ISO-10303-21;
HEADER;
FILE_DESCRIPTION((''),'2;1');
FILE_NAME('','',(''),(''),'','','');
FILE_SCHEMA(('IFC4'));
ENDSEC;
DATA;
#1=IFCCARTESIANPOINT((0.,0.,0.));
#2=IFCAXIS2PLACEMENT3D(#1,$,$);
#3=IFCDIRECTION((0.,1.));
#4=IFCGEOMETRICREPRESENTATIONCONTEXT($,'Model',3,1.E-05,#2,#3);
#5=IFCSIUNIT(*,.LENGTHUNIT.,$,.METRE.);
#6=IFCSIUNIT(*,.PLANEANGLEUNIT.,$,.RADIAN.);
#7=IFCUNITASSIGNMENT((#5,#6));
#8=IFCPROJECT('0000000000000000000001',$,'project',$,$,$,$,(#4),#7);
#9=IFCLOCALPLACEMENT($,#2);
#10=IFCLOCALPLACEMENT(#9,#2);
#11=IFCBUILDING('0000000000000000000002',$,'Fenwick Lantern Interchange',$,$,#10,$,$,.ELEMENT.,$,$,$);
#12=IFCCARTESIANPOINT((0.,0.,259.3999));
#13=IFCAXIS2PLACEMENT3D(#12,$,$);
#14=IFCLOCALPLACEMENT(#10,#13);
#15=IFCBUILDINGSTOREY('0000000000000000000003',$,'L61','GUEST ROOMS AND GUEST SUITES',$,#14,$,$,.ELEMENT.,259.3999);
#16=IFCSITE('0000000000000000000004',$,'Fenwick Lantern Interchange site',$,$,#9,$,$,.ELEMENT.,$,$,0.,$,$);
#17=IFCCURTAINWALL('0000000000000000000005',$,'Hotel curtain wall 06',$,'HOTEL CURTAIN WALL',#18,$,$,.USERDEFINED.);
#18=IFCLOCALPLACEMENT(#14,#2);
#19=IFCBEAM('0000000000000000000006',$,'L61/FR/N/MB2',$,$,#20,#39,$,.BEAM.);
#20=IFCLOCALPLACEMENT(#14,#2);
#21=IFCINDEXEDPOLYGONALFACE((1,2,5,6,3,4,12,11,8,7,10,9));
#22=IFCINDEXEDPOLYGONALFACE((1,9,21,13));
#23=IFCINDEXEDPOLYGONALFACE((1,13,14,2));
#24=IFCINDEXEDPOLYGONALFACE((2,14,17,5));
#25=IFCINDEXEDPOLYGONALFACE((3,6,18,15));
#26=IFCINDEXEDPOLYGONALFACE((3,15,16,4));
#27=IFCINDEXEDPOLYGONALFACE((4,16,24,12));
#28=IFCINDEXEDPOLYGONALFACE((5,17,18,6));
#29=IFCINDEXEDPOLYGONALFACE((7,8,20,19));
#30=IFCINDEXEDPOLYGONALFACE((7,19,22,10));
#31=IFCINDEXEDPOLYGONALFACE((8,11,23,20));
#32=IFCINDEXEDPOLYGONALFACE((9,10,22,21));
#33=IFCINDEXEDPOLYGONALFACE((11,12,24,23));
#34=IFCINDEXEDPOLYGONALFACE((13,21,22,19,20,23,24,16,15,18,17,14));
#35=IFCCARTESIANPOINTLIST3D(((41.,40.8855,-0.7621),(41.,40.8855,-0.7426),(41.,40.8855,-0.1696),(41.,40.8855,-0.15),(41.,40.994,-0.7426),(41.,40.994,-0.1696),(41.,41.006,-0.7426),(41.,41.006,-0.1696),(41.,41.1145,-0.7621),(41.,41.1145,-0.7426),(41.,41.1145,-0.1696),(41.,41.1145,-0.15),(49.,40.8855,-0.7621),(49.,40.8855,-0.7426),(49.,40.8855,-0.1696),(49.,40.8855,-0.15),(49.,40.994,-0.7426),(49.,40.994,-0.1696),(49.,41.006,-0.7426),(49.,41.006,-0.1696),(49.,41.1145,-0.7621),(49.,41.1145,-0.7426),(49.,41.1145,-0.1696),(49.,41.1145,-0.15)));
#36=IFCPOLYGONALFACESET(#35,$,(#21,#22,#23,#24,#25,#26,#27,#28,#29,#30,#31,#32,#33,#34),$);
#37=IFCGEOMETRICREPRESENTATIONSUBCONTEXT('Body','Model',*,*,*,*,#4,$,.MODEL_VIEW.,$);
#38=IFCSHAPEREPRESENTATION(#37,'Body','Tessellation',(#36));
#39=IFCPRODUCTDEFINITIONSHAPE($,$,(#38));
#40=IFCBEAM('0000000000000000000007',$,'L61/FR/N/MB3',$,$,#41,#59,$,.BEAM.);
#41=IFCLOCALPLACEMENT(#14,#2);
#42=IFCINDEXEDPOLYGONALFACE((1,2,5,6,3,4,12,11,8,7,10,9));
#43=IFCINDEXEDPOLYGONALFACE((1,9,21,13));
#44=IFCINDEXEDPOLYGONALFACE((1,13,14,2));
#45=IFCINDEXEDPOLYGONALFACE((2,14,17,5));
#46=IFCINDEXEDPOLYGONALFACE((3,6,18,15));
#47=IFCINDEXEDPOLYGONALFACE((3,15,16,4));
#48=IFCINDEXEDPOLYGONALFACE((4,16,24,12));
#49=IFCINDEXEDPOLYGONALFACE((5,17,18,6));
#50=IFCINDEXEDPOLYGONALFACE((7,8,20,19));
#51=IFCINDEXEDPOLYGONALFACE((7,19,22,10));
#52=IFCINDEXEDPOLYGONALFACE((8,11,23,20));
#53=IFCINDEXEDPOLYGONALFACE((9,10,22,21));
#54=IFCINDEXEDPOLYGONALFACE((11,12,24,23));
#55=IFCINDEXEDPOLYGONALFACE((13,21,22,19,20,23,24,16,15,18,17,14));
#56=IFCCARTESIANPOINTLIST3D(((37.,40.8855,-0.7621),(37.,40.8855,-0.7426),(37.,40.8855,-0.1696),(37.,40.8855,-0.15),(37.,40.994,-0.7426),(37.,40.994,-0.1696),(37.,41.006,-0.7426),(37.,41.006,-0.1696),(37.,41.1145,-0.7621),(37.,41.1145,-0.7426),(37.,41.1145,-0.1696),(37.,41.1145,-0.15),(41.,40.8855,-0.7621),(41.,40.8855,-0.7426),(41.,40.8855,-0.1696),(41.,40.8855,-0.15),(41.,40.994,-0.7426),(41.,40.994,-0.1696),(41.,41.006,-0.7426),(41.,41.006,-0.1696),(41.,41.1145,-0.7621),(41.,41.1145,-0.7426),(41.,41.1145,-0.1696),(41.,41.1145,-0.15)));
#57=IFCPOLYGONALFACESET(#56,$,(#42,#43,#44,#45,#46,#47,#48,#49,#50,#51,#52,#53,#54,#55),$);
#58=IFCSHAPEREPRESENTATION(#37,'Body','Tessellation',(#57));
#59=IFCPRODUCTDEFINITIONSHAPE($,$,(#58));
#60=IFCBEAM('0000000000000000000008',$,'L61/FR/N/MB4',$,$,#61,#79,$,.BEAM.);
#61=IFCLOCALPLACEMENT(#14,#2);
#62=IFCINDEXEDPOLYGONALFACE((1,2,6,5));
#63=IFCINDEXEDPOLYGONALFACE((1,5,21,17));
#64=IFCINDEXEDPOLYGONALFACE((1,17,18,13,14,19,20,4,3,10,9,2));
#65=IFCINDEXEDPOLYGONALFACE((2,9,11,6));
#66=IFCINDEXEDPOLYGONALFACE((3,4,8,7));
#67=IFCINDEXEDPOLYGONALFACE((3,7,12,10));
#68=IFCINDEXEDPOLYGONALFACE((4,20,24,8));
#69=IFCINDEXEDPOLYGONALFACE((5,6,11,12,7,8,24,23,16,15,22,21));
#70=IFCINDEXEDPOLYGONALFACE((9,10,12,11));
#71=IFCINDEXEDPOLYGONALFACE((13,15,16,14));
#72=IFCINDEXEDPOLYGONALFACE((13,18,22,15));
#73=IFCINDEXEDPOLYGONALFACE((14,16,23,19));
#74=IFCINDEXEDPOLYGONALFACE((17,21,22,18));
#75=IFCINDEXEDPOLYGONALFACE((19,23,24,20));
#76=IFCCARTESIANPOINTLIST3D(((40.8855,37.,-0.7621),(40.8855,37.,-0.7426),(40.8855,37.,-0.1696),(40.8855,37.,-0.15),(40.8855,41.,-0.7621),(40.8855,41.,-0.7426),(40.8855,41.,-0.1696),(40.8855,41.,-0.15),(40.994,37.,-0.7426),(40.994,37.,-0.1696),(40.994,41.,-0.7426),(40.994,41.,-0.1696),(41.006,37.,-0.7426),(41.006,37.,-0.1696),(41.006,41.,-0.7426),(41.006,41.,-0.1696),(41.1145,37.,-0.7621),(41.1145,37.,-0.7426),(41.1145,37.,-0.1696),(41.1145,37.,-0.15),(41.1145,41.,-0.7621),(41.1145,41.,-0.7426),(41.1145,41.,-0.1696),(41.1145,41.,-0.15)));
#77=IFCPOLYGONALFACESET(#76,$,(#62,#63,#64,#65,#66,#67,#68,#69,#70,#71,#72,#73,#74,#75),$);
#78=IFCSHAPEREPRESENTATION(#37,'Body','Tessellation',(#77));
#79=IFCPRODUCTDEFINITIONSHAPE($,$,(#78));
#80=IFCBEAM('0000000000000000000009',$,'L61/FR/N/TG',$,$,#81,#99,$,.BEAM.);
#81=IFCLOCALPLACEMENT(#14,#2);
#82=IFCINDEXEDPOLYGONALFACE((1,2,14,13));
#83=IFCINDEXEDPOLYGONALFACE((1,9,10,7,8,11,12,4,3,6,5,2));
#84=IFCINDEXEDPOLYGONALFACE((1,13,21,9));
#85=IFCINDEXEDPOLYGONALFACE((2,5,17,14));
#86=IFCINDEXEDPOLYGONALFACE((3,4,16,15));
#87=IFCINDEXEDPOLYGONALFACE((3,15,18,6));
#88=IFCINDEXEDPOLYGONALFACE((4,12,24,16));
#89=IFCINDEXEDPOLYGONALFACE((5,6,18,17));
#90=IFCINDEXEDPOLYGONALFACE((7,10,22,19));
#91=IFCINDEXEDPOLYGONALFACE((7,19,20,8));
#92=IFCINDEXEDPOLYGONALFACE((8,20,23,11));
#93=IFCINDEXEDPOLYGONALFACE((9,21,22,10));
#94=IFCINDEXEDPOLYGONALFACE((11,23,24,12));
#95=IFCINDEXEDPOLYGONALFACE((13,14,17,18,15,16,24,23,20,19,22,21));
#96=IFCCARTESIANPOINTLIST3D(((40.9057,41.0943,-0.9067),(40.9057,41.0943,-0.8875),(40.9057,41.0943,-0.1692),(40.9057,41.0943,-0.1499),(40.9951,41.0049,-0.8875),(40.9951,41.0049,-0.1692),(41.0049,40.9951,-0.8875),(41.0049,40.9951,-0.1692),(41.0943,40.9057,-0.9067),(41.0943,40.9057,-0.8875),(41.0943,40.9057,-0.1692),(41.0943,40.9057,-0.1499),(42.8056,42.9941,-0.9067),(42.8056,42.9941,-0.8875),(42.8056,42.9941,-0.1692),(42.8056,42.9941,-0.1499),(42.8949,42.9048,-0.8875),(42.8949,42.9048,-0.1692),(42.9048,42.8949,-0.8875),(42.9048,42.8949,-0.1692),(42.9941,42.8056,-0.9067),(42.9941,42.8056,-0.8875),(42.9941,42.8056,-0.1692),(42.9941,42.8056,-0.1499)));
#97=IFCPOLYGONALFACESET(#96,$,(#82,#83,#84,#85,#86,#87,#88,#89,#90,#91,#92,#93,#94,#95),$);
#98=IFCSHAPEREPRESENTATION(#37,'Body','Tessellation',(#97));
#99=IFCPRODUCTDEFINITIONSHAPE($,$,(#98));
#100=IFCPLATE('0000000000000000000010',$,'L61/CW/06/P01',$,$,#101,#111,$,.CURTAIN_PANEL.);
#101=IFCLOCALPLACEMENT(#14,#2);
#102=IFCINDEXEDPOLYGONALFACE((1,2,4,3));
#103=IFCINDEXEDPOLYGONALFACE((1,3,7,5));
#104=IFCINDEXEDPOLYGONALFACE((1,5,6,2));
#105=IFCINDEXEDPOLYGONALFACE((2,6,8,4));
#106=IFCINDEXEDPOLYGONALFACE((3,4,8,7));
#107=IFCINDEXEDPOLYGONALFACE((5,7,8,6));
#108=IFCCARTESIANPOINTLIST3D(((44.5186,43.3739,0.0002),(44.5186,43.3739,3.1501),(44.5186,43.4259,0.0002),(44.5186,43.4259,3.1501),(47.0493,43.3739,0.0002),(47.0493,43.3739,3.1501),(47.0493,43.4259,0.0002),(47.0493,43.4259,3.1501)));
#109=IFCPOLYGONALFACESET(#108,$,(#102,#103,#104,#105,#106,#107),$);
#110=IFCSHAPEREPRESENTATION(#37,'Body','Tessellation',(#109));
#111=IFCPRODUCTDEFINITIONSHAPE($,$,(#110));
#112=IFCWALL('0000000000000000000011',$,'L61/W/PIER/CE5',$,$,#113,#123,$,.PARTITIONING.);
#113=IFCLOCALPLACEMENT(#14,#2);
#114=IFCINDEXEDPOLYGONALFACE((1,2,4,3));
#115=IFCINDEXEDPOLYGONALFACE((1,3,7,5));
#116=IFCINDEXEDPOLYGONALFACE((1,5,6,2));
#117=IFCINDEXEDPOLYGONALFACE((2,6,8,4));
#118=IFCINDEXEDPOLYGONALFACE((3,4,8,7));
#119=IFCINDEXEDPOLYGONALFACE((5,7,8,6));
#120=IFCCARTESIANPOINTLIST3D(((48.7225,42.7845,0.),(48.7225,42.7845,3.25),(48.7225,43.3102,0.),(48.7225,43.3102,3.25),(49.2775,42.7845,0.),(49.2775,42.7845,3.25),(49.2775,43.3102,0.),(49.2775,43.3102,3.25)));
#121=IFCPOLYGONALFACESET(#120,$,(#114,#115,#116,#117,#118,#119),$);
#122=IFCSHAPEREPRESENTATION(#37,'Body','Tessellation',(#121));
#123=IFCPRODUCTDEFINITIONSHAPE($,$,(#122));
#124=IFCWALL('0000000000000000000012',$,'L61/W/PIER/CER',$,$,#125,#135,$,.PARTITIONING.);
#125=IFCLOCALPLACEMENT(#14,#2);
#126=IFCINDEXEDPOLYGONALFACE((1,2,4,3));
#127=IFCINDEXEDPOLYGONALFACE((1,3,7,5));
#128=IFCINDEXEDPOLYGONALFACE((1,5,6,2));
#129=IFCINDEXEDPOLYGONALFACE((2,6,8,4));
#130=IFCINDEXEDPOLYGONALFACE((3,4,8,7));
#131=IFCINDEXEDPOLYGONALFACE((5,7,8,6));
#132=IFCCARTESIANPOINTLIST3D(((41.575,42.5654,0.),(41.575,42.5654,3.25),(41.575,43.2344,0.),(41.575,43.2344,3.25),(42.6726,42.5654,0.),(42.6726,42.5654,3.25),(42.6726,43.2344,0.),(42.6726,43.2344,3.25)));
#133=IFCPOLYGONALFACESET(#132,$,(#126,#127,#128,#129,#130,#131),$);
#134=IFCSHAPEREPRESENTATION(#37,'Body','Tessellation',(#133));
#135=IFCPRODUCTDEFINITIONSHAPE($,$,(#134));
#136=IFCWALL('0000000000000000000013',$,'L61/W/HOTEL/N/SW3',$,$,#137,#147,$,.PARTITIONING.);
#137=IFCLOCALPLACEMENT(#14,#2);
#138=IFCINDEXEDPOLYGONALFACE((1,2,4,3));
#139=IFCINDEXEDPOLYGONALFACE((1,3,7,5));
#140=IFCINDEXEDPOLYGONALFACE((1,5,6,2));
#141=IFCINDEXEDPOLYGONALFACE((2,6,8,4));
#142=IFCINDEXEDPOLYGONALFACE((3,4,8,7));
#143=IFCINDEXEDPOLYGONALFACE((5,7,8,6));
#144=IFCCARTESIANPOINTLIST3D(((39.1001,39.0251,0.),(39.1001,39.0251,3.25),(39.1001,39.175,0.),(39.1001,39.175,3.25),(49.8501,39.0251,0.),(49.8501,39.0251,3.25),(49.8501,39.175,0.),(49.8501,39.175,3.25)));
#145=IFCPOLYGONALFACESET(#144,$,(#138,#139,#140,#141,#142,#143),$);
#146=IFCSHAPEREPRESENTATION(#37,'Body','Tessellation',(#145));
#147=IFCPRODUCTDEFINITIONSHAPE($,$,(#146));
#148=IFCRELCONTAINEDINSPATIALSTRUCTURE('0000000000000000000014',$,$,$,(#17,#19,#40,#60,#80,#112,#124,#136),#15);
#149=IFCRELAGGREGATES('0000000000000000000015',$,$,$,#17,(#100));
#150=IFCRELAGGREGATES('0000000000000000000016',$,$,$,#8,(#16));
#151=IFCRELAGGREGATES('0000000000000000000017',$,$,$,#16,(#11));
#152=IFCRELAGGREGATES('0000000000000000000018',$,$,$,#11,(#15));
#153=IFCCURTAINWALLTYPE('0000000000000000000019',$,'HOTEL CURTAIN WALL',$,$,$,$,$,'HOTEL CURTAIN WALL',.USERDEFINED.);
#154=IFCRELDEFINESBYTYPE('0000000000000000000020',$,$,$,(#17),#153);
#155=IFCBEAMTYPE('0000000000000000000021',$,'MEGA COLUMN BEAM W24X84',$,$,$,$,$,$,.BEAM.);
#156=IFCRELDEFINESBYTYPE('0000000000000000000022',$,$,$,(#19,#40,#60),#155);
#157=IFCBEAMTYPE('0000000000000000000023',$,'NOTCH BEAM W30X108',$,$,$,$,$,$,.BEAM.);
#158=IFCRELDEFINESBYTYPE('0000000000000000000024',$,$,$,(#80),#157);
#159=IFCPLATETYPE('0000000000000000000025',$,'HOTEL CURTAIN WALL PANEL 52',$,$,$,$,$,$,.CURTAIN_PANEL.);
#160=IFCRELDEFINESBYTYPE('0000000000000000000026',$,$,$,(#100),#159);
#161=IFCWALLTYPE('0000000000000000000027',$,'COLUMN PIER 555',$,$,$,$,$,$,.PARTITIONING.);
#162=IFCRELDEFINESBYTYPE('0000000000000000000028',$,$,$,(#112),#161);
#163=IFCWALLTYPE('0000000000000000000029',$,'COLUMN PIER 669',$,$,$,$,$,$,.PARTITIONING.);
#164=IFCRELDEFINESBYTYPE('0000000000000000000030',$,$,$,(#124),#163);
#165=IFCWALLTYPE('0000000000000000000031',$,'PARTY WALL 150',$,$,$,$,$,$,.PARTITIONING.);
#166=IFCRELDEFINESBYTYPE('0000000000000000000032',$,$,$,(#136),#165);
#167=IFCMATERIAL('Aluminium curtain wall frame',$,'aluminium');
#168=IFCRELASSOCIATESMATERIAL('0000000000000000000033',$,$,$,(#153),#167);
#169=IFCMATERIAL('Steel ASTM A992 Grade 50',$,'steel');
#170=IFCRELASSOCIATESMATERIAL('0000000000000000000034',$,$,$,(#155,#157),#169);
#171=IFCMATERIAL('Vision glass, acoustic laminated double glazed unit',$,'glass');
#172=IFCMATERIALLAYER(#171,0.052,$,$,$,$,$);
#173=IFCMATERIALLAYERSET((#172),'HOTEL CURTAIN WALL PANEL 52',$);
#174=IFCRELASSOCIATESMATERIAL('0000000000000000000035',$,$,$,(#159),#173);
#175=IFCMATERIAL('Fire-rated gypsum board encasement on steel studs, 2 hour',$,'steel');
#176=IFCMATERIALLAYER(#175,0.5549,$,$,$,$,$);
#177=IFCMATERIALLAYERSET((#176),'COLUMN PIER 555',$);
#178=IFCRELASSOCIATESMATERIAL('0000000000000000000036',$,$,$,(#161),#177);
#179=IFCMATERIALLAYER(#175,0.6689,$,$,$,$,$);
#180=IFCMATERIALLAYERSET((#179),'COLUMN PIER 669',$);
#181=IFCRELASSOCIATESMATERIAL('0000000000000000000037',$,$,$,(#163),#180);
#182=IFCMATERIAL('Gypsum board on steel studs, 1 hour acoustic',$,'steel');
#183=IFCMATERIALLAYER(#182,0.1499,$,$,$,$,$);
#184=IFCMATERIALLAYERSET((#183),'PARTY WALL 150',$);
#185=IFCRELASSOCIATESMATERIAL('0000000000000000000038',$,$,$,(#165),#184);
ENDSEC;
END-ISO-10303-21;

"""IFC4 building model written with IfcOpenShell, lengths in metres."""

from ifc_helpers import new_model, si_unit, direction, frame, frame_2d, origin, origin_2d, place, context, subcontext, project, spatial, rectangle, i_section, extrude, material, layer, layer_set, material_profile, profile_set, type_object, element, aggregate, save


model = new_model("IFC4")

# Units and contexts
model_context = context("Model", 3, precision=1e-05, world=origin(), true_north=direction((0.0, 1.0)))
body_context = subcontext(model_context, "Body", "Model", "MODEL_VIEW")
ifc_project = project(units=[si_unit("LENGTHUNIT", "METRE"), si_unit("PLANEANGLEUNIT", "RADIAN")], contexts=[model_context])

# Site, building, storey
site_placement = place(None, origin())
site = spatial("IfcSite", under=ifc_project, at=site_placement, Name="Fenwick Lantern Interchange site", CompositionType="ELEMENT", RefElevation=0.0)
building_placement = place(site_placement, origin())
building = spatial("IfcBuilding", under=site, at=building_placement, Name="Fenwick Lantern Interchange", CompositionType="ELEMENT")
storey_placement = place(building_placement, frame((0.0, 0.0, 259.3999)))
storey = spatial("IfcBuildingStorey", under=building, at=storey_placement, Name="L61", Description="GUEST ROOMS AND GUEST SUITES", CompositionType="ELEMENT", Elevation=259.3999)

# Shared definitions
ifc_material_1 = material(Name="Steel ASTM A992 Grade 50", Category="steel")

# Shared definitions
ifc_material_2 = material(Name="Aluminium curtain wall frame", Category="aluminium")
curtain_wall_type = type_object("IfcCurtainWallType", Name="HOTEL CURTAIN WALL", ElementType="HOTEL CURTAIN WALL", PredefinedType="USERDEFINED", material=ifc_material_2)

# Curtain wall
curtain_wall_1_placement = place(storey_placement, origin())
curtain_wall_1 = element("IfcCurtainWall", 1, at=curtain_wall_1_placement, inside=storey, type_object=curtain_wall_type, Name="Hotel curtain wall 06", ObjectType="HOTEL CURTAIN WALL", PredefinedType="USERDEFINED")

# Beams
ifc_material_profile_1 = material_profile(ifc_material_1, i_section(OverallWidth=0.229, OverallDepth=0.6121, WebThickness=0.012, FlangeThickness=0.0195, at=origin_2d()), Name="W24X84")
ifc_profile_set_1 = profile_set([ifc_material_profile_1], Name="Steel ASTM A992 Grade 50")
beam_type_1 = type_object("IfcBeamType", Name="MEGA COLUMN BEAM W24X84", PredefinedType="BEAM", material=ifc_profile_set_1)
beam_1_placement = place(storey_placement, frame((41.0, 41.0, -0.4561), z_axis=(1.0, 0.0, 0.0), x_axis=(0.0, 1.0, 0.0)))
element("IfcBeam", 2, at=beam_1_placement, inside=storey, type_object=beam_type_1, Name="L61/FR/N/MB2", PredefinedType="BEAM", context=body_context, shape_type="SweptSolid", body=[
    extrude(i_section(OverallWidth=0.229, OverallDepth=0.6121, WebThickness=0.012, FlangeThickness=0.0195, at=origin_2d()), origin(), (0.0, 0.0, 1.0), 8.0),
])
for number, where, z_axis, x_axis, name in (
    (3, (41.0, 41.0, -0.4561), (-1.0, 0.0, 0.0), (0.0, -1.0, 0.0), "L61/FR/N/MB3"),
    (4, (41.0, 41.0, -0.4561), (0.0, -1.0, 0.0), (1.0, 0.0, 0.0), "L61/FR/N/MB4"),
):
    element("IfcBeam", number, at=place(storey_placement, frame(where, z_axis=z_axis, x_axis=x_axis)), inside=storey, type_object=beam_type_1, Name=name, PredefinedType="BEAM", context=body_context, shape_type="SweptSolid", body=[
        extrude(i_section(OverallWidth=0.229, OverallDepth=0.6121, WebThickness=0.012, FlangeThickness=0.0195, at=origin_2d()), origin(), (0.0, 0.0, 1.0), 4.0),
    ])
ifc_material_profile_2 = material_profile(ifc_material_1, i_section(OverallWidth=0.2666, OverallDepth=0.7568, WebThickness=0.0139, FlangeThickness=0.0193, at=origin_2d()), Name="W30X108")
ifc_profile_set_2 = profile_set([ifc_material_profile_2], Name="Steel ASTM A992 Grade 50")
beam_type_2 = type_object("IfcBeamType", Name="NOTCH BEAM W30X108", PredefinedType="BEAM", material=ifc_profile_set_2)
beam_2_placement = place(storey_placement, frame((41.0, 41.0, -0.5283), z_axis=(0.707107, 0.707107, 0.0), x_axis=(-0.707107, 0.707107, 0.0)))
element("IfcBeam", 5, at=beam_2_placement, inside=storey, type_object=beam_type_2, Name="L61/FR/N/TG", PredefinedType="BEAM", context=body_context, shape_type="SweptSolid", body=[
    extrude(i_section(OverallWidth=0.2666, OverallDepth=0.7568, WebThickness=0.0139, FlangeThickness=0.0193, at=origin_2d()), origin(), (0.0, 0.0, 1.0), 2.6868),
])

# Plate
ifc_material_3 = material(Name="Vision glass, acoustic laminated double glazed unit", Category="glass")
ifc_layer_1 = layer(ifc_material_3, 0.052)
ifc_layer_set_1 = layer_set([ifc_layer_1], Name="HOTEL CURTAIN WALL PANEL 52")
plate_type = type_object("IfcPlateType", Name="HOTEL CURTAIN WALL PANEL 52", PredefinedType="CURTAIN_PANEL", material=ifc_layer_set_1)
plate_placement = place(storey_placement, frame((45.7839, 43.3999, 0.0002), z_axis=(0.0, 0.0, 1.0), x_axis=(-1.0, 0.0, 0.0)))
plate = element("IfcPlate", 6, at=plate_placement, type_object=plate_type, Name="L61/CW/06/P01", PredefinedType="CURTAIN_PANEL", context=body_context, shape_type="SweptSolid", body=[
    extrude(rectangle(XDim=2.5308, YDim=0.052, at=origin_2d()), origin(), (0.0, 0.0, 1.0), 3.1499),
])
aggregate(curtain_wall_1, [plate])

# Walls
ifc_material_4 = material(Name="Fire-rated gypsum board encasement on steel studs, 2 hour", Category="steel")
ifc_layer_2 = layer(ifc_material_4, 0.5549)
ifc_layer_set_2 = layer_set([ifc_layer_2], Name="COLUMN PIER 555")
wall_type_1 = type_object("IfcWallType", Name="COLUMN PIER 555", PredefinedType="PARTITIONING", material=ifc_layer_set_2)
wall_1_placement = place(storey_placement, frame((49.0, 43.3101, 0.0), z_axis=(0.0, 0.0, 1.0), x_axis=(0.0, -1.0, 0.0)))
element("IfcWall", 7, at=wall_1_placement, inside=storey, type_object=wall_type_1, Name="L61/W/PIER/CE5", PredefinedType="PARTITIONING", context=body_context, shape_type="SweptSolid", body=[
    extrude(rectangle(XDim=0.5256, YDim=0.5549, at=frame_2d((0.2627, 0.0))), origin(), (0.0, 0.0, 1.0), 3.25),
])
ifc_layer_3 = layer(ifc_material_4, 0.6689)
ifc_layer_set_3 = layer_set([ifc_layer_3], Name="COLUMN PIER 669")
wall_type_2 = type_object("IfcWallType", Name="COLUMN PIER 669", PredefinedType="PARTITIONING", material=ifc_layer_set_3)
wall_2_placement = place(storey_placement, frame((41.575, 42.8999, 0.0), z_axis=(0.0, 0.0, 1.0), x_axis=(1.0, 0.0, 0.0)))
element("IfcWall", 8, at=wall_2_placement, inside=storey, type_object=wall_type_2, Name="L61/W/PIER/CER", PredefinedType="PARTITIONING", context=body_context, shape_type="SweptSolid", body=[
    extrude(rectangle(XDim=1.0977, YDim=0.6689, at=frame_2d((0.5488, 0.0))), origin(), (0.0, 0.0, 1.0), 3.25),
])
ifc_material_5 = material(Name="Gypsum board on steel studs, 1 hour acoustic", Category="steel")
ifc_layer_4 = layer(ifc_material_5, 0.1499)
ifc_layer_set_4 = layer_set([ifc_layer_4], Name="PARTY WALL 150")
wall_type_3 = type_object("IfcWallType", Name="PARTY WALL 150", PredefinedType="PARTITIONING", material=ifc_layer_set_4)
wall_3_placement = place(storey_placement, frame((49.8501, 39.1001, 0.0), z_axis=(0.0, 0.0, 1.0), x_axis=(-1.0, 0.0, 0.0)))
element("IfcWall", 9, at=wall_3_placement, inside=storey, type_object=wall_type_3, Name="L61/W/HOTEL/N/SW3", PredefinedType="PARTITIONING", context=body_context, shape_type="SweptSolid", body=[
    extrude(rectangle(XDim=10.75, YDim=0.1499, at=frame_2d((5.375, 0.0))), origin(), (0.0, 0.0, 1.0), 3.25),
])

save(model, "model.ifc")
